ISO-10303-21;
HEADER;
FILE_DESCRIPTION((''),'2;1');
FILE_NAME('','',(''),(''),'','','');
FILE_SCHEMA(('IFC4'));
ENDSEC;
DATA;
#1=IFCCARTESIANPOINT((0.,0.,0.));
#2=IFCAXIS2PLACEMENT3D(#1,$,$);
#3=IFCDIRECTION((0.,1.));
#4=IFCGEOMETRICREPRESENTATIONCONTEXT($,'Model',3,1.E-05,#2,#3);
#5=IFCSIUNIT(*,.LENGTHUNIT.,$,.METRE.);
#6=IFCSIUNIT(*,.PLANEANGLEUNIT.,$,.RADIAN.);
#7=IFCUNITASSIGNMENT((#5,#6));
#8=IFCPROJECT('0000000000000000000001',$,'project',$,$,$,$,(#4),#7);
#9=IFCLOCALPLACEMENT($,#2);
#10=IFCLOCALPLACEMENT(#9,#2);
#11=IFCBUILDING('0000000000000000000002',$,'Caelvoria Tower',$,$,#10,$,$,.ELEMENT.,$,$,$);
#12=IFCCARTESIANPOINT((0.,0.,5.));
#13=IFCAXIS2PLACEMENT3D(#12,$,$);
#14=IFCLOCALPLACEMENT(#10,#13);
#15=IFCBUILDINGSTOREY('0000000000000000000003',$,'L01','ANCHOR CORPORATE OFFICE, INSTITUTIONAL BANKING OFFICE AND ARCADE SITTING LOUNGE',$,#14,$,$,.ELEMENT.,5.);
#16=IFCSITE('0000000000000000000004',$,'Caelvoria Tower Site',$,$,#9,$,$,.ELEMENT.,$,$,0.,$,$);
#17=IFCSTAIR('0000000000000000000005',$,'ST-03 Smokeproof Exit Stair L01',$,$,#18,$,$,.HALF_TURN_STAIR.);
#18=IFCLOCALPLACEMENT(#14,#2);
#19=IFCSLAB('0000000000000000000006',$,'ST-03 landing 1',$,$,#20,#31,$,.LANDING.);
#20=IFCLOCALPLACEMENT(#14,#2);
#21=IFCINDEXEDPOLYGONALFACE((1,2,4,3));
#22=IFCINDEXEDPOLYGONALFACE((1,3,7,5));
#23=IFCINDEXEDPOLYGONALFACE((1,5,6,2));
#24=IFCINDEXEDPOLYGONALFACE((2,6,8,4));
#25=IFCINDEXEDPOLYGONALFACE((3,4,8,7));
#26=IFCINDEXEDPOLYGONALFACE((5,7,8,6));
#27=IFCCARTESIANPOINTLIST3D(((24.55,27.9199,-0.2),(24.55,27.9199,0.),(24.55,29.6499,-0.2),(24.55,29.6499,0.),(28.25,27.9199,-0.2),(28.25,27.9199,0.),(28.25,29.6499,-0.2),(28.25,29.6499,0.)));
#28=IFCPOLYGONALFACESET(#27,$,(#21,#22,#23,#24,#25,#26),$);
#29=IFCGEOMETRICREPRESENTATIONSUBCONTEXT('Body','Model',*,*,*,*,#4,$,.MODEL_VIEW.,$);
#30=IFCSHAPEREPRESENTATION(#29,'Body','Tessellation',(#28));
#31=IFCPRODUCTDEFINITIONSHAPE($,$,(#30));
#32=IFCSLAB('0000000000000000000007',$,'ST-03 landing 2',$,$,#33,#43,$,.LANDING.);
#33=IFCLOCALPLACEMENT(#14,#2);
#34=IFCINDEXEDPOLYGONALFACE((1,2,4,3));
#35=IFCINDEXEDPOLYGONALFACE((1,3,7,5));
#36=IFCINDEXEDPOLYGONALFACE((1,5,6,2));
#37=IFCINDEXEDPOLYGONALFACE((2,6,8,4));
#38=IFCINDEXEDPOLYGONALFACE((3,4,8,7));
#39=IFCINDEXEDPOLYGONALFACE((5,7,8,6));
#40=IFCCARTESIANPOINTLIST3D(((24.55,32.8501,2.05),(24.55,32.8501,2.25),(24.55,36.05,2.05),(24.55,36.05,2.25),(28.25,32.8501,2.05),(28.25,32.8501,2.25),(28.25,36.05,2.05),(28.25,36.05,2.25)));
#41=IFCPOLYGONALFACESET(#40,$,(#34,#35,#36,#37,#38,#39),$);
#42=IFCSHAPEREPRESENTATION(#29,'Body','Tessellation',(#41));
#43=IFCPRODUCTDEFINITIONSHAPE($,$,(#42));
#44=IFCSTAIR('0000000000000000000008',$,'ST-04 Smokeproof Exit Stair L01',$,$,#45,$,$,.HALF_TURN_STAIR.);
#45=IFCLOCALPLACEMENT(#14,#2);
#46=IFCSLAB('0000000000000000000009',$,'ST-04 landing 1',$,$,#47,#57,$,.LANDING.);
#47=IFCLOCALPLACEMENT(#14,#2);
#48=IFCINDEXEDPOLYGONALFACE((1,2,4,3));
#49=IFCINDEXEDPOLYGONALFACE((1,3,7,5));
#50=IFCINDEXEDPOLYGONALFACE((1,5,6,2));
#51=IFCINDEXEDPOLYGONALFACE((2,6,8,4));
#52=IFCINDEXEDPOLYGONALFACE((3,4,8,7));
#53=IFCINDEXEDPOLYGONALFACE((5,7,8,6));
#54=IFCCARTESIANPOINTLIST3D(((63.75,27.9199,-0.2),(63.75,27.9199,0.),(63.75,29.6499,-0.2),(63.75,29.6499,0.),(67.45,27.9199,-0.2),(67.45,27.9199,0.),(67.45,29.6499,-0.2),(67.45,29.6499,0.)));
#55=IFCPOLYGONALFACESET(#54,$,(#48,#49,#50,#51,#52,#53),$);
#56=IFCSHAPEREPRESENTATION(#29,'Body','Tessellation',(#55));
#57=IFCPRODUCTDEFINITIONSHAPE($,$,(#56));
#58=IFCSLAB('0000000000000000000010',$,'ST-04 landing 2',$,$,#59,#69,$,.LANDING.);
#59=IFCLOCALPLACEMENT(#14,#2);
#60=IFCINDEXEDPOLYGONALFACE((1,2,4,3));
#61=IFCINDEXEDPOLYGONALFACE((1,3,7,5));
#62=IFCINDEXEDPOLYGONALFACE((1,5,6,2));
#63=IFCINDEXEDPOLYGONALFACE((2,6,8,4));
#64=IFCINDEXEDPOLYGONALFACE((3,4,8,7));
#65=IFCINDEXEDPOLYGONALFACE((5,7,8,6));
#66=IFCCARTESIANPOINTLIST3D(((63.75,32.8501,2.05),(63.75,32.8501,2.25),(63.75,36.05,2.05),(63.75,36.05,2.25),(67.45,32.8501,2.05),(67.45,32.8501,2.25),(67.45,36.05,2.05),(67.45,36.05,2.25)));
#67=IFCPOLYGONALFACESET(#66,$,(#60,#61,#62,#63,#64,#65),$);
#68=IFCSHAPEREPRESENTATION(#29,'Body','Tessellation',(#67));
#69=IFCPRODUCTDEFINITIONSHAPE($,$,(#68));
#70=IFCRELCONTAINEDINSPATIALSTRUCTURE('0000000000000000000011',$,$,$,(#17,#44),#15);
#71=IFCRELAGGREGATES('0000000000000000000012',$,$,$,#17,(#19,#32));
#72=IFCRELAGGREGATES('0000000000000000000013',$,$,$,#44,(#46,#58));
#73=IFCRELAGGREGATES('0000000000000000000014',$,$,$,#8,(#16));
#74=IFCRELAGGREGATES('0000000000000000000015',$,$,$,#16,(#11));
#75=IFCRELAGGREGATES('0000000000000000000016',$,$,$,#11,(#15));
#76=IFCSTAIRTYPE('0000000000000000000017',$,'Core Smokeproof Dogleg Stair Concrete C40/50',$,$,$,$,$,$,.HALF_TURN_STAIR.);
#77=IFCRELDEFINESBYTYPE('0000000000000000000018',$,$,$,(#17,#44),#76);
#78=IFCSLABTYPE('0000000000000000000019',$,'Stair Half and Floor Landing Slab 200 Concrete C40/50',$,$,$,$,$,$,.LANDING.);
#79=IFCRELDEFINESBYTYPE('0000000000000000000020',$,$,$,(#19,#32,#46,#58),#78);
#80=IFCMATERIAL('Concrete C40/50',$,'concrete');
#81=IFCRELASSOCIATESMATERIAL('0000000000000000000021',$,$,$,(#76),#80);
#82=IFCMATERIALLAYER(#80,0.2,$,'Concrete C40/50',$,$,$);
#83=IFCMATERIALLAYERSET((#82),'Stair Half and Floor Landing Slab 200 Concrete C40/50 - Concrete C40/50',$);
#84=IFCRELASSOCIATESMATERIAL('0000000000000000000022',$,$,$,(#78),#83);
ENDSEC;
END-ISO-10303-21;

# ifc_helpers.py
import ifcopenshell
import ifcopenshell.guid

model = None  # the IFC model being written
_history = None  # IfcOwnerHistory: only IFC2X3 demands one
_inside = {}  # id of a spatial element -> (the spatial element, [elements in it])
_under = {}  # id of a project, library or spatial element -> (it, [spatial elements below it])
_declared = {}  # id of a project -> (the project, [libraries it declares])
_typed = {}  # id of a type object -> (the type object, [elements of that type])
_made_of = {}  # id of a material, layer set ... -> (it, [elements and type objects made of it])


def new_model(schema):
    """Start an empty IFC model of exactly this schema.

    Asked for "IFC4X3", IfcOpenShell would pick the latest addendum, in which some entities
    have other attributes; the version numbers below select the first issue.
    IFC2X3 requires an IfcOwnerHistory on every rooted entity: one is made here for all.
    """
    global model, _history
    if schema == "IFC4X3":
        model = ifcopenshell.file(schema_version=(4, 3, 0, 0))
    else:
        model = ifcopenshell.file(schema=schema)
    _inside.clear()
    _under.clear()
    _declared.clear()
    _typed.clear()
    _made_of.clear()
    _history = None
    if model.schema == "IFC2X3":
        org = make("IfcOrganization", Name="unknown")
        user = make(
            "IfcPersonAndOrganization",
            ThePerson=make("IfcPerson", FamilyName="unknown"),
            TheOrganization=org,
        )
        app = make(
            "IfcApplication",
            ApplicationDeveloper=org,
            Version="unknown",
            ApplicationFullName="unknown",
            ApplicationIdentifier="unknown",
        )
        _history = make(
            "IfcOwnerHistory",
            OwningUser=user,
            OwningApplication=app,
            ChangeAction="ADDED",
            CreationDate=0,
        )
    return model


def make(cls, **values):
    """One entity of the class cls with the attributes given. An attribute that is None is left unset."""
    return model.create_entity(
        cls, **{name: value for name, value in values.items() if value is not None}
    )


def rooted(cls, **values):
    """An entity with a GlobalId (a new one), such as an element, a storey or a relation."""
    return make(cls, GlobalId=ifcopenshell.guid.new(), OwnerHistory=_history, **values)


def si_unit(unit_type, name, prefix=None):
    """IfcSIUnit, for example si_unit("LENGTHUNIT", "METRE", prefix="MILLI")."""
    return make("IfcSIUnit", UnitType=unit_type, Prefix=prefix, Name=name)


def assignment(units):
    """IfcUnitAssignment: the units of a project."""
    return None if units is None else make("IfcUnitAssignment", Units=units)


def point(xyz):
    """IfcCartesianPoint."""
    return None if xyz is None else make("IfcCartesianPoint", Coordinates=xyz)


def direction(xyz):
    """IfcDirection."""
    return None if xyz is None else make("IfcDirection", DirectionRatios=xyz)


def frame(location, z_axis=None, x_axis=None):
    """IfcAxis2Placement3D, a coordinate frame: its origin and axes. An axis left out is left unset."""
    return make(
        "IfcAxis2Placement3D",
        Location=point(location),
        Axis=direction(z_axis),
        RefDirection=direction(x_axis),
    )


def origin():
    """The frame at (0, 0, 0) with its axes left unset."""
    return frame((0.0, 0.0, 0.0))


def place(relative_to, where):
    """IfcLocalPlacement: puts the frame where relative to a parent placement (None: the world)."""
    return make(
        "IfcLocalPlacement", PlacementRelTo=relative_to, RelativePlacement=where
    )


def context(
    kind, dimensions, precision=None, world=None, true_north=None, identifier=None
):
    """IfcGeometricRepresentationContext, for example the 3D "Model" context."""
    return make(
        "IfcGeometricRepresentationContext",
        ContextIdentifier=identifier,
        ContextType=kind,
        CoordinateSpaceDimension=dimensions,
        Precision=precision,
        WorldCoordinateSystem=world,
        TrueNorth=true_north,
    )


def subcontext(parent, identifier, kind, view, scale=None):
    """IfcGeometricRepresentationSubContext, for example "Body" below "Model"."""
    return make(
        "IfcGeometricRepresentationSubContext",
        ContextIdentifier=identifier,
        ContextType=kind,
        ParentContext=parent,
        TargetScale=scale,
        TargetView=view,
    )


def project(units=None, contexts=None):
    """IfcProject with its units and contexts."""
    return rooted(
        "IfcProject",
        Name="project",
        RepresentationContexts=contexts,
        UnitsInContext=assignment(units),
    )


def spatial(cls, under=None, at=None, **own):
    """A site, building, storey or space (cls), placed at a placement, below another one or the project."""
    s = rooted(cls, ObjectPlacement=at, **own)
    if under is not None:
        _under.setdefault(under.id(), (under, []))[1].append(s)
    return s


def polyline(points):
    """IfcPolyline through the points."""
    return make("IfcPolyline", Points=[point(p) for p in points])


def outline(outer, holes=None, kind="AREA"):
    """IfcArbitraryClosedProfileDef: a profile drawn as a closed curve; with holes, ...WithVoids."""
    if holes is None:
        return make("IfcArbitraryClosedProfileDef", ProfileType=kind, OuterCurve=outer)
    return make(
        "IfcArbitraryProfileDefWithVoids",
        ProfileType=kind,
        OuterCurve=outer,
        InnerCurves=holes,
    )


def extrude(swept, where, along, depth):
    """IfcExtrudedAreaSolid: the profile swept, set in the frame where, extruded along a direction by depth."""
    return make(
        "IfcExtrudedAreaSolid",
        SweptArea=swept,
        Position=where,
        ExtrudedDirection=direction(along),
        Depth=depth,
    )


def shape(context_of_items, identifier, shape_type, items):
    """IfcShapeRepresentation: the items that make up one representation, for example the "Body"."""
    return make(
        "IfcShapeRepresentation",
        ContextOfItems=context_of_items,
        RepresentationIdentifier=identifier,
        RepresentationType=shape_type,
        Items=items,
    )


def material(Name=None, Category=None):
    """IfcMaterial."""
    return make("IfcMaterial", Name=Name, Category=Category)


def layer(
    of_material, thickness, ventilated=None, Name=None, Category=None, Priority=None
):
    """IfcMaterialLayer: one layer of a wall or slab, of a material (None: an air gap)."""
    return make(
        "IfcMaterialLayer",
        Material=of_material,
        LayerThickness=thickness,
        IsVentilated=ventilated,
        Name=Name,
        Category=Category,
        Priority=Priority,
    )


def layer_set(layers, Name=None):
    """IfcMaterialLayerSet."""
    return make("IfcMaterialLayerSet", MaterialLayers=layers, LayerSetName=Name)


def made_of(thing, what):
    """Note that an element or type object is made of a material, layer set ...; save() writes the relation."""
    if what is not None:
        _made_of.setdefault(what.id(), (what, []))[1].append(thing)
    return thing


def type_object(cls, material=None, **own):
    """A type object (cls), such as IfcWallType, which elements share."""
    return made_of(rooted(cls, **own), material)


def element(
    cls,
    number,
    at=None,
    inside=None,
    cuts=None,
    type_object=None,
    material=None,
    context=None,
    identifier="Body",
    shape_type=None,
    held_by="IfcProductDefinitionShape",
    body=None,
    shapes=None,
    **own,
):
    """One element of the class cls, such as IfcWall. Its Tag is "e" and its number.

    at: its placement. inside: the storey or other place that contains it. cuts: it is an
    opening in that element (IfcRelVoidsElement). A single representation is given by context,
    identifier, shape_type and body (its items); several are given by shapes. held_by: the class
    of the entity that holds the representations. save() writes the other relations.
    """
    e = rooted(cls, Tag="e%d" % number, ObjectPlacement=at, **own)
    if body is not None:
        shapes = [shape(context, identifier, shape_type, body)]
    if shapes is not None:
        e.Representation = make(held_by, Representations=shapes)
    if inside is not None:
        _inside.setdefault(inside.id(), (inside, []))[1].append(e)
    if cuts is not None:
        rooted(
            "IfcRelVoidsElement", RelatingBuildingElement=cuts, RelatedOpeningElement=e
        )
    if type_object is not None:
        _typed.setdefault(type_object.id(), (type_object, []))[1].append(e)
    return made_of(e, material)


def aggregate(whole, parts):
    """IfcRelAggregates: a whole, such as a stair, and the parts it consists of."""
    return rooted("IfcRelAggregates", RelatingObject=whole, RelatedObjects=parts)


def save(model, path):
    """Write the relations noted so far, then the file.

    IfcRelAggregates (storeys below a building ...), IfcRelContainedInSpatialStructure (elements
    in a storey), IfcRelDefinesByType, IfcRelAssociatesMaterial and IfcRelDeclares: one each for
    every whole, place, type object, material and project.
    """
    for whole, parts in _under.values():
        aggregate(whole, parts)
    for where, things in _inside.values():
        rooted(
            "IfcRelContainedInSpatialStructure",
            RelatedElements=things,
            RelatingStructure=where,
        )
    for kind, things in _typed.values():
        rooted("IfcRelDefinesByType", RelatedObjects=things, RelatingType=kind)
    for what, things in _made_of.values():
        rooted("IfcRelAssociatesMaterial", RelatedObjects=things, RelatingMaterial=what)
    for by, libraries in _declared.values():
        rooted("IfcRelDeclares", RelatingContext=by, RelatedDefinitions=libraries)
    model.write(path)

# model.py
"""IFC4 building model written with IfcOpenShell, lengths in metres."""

from ifc_helpers import new_model, si_unit, direction, frame, origin, place, context, subcontext, project, spatial, polyline, outline, extrude, material, layer, layer_set, type_object, element, aggregate, save


model = new_model("IFC4")

# Units and contexts
model_context = context("Model", 3, precision=1e-05, world=origin(), true_north=direction((0.0, 1.0)))
body_context = subcontext(model_context, "Body", "Model", "MODEL_VIEW")
ifc_project = project(units=[si_unit("LENGTHUNIT", "METRE"), si_unit("PLANEANGLEUNIT", "RADIAN")], contexts=[model_context])

# Site, building, storey
site_placement = place(None, origin())
site = spatial("IfcSite", under=ifc_project, at=site_placement, Name="Caelvoria Tower Site", CompositionType="ELEMENT", RefElevation=0.0)
building_placement = place(site_placement, origin())
building = spatial("IfcBuilding", under=site, at=building_placement, Name="Caelvoria Tower", CompositionType="ELEMENT")
storey_placement = place(building_placement, frame((0.0, 0.0, 5.0)))
storey = spatial("IfcBuildingStorey", under=building, at=storey_placement, Name="L01", Description="ANCHOR CORPORATE OFFICE, INSTITUTIONAL BANKING OFFICE AND ARCADE SITTING LOUNGE", CompositionType="ELEMENT", Elevation=5.0)

# Stairs, slabs
ifc_material = material(Name="Concrete C40/50", Category="concrete")
stair_type = type_object("IfcStairType", Name="Core Smokeproof Dogleg Stair Concrete C40/50", PredefinedType="HALF_TURN_STAIR", material=ifc_material)
stair_1_placement = place(storey_placement, origin())
stair_1 = element("IfcStair", 1, at=stair_1_placement, inside=storey, type_object=stair_type, Name="ST-03 Smokeproof Exit Stair L01", PredefinedType="HALF_TURN_STAIR")
ifc_layer = layer(ifc_material, 0.2, Name="Concrete C40/50")
ifc_layer_set = layer_set([ifc_layer], Name="Stair Half and Floor Landing Slab 200 Concrete C40/50 - Concrete C40/50")
slab_type = type_object("IfcSlabType", Name="Stair Half and Floor Landing Slab 200 Concrete C40/50", PredefinedType="LANDING", material=ifc_layer_set)
slab_1_placement = place(storey_placement, frame((0.0, 0.0, -0.2)))
slab_1 = element("IfcSlab", 2, at=slab_1_placement, type_object=slab_type, Name="ST-03 landing 1", PredefinedType="LANDING", context=body_context, shape_type="SweptSolid", body=[
    extrude(outline(polyline([(24.55, 27.9199), (28.25, 27.9199), (28.25, 29.6499), (24.55, 29.6499), (24.55, 27.9199)])), origin(), (0.0, 0.0, 1.0), 0.2),
])
slab_2_placement = place(storey_placement, frame((0.0, 0.0, 2.05)))
slab_2 = element("IfcSlab", 3, at=slab_2_placement, type_object=slab_type, Name="ST-03 landing 2", PredefinedType="LANDING", context=body_context, shape_type="SweptSolid", body=[
    extrude(outline(polyline([(24.55, 32.8501), (28.25, 32.8501), (28.25, 36.05), (24.55, 36.05), (24.55, 32.8501)])), origin(), (0.0, 0.0, 1.0), 0.2),
])
aggregate(stair_1, [slab_1, slab_2])
stair_2_placement = place(storey_placement, origin())
stair_2 = element("IfcStair", 4, at=stair_2_placement, inside=storey, type_object=stair_type, Name="ST-04 Smokeproof Exit Stair L01", PredefinedType="HALF_TURN_STAIR")
slab_3_placement = place(storey_placement, frame((0.0, 0.0, -0.2)))
slab_3 = element("IfcSlab", 5, at=slab_3_placement, type_object=slab_type, Name="ST-04 landing 1", PredefinedType="LANDING", context=body_context, shape_type="SweptSolid", body=[
    extrude(outline(polyline([(63.75, 27.9199), (67.45, 27.9199), (67.45, 29.6499), (63.75, 29.6499), (63.75, 27.9199)])), origin(), (0.0, 0.0, 1.0), 0.2),
])
slab_4_placement = place(storey_placement, frame((0.0, 0.0, 2.05)))
slab_4 = element("IfcSlab", 6, at=slab_4_placement, type_object=slab_type, Name="ST-04 landing 2", PredefinedType="LANDING", context=body_context, shape_type="SweptSolid", body=[
    extrude(outline(polyline([(63.75, 32.8501), (67.45, 32.8501), (67.45, 36.05), (63.75, 36.05), (63.75, 32.8501)])), origin(), (0.0, 0.0, 1.0), 0.2),
])
aggregate(stair_2, [slab_3, slab_4])

save(model, "model.ifc")
